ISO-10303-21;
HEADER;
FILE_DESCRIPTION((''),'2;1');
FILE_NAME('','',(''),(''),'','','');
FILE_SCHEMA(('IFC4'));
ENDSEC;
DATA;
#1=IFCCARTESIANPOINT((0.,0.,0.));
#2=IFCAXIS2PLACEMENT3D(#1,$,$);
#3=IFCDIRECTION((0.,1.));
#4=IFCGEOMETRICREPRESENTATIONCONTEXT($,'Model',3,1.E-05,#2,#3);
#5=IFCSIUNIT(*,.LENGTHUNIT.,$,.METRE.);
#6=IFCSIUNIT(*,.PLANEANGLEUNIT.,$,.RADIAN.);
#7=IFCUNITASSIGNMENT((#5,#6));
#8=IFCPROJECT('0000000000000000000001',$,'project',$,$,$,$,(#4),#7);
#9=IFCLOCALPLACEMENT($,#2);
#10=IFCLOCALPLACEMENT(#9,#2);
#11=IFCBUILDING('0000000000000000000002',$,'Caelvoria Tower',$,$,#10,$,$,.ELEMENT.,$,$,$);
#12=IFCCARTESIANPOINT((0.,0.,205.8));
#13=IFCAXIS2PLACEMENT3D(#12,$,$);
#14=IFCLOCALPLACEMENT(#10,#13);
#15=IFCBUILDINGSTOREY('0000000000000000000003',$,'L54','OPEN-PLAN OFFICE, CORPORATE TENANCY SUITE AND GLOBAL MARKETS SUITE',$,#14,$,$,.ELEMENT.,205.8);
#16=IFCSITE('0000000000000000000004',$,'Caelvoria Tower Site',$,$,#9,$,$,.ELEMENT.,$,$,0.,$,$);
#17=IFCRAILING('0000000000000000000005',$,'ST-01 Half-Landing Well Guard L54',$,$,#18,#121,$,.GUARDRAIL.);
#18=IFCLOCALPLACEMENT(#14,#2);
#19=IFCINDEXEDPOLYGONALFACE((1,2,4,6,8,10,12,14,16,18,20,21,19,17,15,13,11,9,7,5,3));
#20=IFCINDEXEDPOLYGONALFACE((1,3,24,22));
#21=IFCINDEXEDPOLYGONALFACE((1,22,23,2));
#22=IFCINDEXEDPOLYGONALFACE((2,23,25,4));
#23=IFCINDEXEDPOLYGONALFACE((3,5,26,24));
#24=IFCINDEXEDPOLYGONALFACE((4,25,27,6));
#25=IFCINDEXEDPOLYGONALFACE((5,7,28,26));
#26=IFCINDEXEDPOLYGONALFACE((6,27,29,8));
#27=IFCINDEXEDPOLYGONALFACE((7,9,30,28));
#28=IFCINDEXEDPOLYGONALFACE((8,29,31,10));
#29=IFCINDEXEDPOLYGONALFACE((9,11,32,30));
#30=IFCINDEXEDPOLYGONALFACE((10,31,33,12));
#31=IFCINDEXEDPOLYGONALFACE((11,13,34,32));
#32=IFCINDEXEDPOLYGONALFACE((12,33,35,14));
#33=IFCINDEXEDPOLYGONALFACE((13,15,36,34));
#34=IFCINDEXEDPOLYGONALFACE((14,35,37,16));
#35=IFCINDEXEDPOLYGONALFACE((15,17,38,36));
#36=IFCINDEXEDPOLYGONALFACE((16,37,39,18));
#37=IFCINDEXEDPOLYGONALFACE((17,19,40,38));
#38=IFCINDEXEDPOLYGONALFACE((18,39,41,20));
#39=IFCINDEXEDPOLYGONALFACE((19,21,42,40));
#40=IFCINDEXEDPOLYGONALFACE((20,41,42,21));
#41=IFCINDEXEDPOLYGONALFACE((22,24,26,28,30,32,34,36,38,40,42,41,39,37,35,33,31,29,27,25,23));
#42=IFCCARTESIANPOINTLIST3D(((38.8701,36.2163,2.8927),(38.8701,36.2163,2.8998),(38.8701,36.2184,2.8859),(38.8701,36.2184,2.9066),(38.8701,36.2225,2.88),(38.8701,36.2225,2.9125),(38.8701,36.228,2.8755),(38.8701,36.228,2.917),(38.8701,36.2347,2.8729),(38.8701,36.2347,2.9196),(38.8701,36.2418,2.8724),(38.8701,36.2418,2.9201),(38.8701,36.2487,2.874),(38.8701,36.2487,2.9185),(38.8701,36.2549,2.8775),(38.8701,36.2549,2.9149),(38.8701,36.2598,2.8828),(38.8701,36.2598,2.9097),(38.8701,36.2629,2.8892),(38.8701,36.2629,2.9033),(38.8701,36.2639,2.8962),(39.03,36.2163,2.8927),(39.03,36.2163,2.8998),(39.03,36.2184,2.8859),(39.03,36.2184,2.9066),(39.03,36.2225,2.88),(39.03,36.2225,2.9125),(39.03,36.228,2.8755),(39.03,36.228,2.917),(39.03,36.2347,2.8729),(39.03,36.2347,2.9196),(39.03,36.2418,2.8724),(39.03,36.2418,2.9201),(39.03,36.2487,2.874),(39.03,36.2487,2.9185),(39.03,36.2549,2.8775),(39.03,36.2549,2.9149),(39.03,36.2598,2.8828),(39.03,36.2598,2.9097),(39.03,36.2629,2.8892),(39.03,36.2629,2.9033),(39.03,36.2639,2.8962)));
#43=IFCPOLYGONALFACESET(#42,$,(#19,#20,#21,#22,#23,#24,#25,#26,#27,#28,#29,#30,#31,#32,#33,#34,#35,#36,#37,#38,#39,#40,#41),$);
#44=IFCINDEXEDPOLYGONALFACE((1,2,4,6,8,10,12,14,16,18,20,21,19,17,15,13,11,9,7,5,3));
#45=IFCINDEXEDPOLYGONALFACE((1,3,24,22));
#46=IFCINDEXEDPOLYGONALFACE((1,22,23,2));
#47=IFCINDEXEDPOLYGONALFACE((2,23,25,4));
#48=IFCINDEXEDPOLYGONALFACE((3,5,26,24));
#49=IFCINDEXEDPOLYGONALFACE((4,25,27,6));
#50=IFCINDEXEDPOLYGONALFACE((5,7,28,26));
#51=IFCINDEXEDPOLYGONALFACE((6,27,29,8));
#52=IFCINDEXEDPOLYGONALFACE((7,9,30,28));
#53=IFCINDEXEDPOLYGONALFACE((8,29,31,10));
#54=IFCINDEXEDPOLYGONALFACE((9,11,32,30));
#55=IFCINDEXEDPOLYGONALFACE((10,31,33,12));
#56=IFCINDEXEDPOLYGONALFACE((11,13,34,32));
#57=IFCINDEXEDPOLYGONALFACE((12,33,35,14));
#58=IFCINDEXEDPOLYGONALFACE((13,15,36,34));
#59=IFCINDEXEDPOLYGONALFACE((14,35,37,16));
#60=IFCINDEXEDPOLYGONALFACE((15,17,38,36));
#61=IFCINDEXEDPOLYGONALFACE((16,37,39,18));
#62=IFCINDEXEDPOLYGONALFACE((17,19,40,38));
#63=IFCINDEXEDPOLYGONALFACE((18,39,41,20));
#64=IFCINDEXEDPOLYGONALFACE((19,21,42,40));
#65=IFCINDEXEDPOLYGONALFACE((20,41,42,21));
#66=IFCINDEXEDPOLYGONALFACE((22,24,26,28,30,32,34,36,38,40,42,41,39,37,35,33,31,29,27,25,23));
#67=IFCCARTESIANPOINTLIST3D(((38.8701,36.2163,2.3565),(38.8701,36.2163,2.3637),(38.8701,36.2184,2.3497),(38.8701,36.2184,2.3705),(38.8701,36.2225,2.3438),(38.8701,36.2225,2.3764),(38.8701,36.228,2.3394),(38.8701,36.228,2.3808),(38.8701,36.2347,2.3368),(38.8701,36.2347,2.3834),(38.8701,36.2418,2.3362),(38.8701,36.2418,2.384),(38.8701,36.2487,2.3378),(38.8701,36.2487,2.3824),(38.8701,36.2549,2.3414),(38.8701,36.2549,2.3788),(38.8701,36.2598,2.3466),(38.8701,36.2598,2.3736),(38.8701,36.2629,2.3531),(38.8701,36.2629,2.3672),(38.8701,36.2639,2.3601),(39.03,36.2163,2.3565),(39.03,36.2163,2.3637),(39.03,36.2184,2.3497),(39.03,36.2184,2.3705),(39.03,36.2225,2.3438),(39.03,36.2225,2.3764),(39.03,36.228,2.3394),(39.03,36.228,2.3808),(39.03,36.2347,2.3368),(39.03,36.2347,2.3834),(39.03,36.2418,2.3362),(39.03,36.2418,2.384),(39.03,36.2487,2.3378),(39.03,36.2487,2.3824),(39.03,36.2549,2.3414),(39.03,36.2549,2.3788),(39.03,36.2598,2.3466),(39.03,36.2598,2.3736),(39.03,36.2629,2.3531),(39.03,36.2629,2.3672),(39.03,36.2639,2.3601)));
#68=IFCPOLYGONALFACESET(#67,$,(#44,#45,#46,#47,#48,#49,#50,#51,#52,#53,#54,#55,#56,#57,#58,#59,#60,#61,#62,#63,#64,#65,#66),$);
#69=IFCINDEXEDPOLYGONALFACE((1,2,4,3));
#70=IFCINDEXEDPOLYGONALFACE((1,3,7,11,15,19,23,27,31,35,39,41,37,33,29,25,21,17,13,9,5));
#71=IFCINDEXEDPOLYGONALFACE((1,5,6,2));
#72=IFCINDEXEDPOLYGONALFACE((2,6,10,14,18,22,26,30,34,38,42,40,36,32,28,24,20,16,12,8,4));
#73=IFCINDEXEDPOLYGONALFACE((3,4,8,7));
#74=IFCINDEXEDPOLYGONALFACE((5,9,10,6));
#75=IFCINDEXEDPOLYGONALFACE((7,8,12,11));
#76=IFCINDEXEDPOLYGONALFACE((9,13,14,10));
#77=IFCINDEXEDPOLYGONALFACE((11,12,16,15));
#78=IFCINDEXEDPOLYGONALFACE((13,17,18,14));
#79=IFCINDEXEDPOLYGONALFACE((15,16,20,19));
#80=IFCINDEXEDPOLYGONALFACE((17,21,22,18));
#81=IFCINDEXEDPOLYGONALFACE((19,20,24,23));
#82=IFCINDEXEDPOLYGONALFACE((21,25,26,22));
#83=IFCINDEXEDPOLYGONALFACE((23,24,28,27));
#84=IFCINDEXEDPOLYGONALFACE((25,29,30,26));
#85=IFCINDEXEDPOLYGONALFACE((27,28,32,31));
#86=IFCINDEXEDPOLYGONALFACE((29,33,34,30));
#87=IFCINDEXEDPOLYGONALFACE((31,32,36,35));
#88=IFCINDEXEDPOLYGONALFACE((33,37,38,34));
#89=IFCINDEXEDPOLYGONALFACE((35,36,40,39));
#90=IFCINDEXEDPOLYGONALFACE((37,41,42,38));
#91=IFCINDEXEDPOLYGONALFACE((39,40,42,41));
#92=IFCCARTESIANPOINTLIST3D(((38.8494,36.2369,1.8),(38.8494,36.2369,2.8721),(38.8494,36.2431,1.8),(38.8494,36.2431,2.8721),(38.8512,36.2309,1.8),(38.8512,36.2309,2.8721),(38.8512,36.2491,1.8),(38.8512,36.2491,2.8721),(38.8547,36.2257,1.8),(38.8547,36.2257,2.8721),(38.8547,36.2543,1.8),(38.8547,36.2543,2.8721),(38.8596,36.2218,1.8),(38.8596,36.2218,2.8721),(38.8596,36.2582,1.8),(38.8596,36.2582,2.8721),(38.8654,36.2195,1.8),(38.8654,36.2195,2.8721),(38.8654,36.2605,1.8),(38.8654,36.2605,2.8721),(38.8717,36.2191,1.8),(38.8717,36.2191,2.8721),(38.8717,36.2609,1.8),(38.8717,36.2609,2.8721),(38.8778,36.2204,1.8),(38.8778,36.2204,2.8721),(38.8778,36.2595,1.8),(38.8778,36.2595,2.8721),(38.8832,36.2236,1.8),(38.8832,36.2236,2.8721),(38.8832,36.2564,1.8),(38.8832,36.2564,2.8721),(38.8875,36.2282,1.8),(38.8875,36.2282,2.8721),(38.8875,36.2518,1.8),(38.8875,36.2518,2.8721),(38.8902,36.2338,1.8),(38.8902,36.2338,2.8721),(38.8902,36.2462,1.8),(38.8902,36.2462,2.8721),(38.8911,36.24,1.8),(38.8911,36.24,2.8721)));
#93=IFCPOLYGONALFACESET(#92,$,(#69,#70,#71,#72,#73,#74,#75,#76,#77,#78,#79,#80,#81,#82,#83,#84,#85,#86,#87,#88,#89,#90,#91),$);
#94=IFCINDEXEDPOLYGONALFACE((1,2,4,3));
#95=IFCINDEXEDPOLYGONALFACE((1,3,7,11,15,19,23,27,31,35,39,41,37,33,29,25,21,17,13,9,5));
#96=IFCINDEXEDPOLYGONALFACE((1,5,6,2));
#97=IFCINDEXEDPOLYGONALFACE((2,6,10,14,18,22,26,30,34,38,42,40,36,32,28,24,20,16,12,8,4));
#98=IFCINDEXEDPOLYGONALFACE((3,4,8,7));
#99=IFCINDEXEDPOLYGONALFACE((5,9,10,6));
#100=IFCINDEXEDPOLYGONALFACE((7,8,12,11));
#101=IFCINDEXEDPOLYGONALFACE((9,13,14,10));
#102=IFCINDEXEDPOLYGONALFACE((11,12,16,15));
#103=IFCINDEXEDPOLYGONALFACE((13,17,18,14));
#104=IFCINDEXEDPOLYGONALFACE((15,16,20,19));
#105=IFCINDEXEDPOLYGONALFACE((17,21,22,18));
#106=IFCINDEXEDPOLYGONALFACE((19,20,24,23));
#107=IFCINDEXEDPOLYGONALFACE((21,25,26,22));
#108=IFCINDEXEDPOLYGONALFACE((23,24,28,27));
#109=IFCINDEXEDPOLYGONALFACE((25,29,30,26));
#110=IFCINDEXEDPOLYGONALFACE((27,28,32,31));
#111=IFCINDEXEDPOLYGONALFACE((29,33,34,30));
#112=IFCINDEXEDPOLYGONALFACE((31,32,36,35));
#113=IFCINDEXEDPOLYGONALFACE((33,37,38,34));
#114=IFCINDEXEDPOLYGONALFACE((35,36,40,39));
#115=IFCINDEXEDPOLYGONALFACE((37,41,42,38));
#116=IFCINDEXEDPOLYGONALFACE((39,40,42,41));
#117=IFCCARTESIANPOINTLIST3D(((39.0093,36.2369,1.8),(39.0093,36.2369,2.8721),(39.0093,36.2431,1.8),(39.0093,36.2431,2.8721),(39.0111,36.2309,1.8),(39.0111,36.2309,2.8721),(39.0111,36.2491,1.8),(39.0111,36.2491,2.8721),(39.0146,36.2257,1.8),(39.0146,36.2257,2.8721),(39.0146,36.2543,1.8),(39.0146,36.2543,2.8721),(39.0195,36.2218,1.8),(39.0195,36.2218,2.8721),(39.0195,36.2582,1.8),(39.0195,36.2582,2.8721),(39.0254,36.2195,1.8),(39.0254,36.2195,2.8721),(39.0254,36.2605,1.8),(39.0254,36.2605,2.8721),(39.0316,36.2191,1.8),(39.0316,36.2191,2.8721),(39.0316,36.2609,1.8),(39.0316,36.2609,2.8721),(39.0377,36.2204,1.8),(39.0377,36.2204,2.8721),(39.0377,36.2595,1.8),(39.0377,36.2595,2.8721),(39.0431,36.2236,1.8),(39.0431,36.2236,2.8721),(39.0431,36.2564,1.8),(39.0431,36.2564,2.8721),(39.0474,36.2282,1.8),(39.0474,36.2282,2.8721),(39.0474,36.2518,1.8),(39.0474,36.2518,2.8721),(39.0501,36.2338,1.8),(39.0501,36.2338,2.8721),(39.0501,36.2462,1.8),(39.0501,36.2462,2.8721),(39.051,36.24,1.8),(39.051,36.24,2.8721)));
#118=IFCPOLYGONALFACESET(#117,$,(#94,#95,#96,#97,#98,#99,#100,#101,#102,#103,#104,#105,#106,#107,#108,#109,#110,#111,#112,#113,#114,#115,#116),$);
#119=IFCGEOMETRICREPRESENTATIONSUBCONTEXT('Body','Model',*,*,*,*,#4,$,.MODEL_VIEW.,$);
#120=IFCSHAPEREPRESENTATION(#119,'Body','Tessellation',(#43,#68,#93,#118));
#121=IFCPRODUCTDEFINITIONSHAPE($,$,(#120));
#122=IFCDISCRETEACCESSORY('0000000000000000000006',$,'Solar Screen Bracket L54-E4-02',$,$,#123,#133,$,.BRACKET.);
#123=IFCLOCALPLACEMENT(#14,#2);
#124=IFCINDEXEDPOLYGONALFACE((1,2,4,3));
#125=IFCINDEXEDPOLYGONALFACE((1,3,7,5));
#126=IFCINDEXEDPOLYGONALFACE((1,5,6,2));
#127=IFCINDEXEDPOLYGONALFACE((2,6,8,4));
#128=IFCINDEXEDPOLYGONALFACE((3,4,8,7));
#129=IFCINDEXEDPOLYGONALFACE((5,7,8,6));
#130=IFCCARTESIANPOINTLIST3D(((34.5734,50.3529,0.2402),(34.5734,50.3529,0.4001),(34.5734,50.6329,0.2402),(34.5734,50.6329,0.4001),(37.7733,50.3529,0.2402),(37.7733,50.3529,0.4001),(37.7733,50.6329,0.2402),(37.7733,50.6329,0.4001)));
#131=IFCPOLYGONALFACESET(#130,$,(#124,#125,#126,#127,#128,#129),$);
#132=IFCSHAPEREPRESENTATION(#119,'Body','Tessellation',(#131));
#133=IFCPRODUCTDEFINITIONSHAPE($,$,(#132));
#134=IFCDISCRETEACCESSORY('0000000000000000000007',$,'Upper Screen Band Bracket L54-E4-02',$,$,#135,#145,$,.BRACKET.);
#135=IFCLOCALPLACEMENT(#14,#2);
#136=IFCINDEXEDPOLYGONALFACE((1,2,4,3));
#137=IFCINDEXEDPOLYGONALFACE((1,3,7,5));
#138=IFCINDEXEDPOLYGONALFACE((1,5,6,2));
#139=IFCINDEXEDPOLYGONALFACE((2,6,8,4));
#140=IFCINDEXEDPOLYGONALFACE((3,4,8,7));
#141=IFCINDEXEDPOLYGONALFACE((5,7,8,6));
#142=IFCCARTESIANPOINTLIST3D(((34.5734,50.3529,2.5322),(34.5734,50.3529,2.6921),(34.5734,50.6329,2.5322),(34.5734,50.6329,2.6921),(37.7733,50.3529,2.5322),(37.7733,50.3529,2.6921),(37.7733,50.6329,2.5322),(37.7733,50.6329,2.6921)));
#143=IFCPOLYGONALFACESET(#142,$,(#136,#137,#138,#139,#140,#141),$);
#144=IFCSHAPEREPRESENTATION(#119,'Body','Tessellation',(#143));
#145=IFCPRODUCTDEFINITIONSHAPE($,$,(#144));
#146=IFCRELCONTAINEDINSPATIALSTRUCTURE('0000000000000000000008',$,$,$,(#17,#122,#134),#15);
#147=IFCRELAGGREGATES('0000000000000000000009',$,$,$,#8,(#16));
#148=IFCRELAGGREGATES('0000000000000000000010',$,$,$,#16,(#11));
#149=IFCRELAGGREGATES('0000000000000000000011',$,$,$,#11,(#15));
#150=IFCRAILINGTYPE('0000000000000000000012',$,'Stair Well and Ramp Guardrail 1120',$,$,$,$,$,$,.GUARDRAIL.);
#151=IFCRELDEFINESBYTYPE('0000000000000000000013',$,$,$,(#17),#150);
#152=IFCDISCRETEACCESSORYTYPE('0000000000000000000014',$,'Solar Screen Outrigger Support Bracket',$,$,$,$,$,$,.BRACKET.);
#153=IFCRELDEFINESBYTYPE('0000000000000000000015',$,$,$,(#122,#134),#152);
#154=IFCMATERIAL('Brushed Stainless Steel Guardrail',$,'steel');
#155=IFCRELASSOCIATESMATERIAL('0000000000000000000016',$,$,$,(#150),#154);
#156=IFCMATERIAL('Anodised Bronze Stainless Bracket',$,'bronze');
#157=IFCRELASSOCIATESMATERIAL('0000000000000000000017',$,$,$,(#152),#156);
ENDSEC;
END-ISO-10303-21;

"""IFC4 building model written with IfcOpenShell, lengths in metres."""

from ifc_helpers import new_model, si_unit, direction, frame, origin, origin_2d, place, context, subcontext, project, spatial, rectangle, circle, extrude, material, type_object, element, save


model = new_model("IFC4")

# Units and contexts
model_context = context("Model", 3, precision=1e-05, world=origin(), true_north=direction((0.0, 1.0)))
body_context = subcontext(model_context, "Body", "Model", "MODEL_VIEW")
ifc_project = project(units=[si_unit("LENGTHUNIT", "METRE"), si_unit("PLANEANGLEUNIT", "RADIAN")], contexts=[model_context])

# Site, building, storey
site_placement = place(None, origin())
site = spatial("IfcSite", under=ifc_project, at=site_placement, Name="Caelvoria Tower Site", CompositionType="ELEMENT", RefElevation=0.0)
building_placement = place(site_placement, origin())
building = spatial("IfcBuilding", under=site, at=building_placement, Name="Caelvoria Tower", CompositionType="ELEMENT")
storey_placement = place(building_placement, frame((0.0, 0.0, 205.8)))
storey = spatial("IfcBuildingStorey", under=building, at=storey_placement, Name="L54", Description="OPEN-PLAN OFFICE, CORPORATE TENANCY SUITE AND GLOBAL MARKETS SUITE", CompositionType="ELEMENT", Elevation=205.8)

# Railing
ifc_material_1 = material(Name="Brushed Stainless Steel Guardrail", Category="steel")
railing_type_1 = type_object("IfcRailingType", Name="Stair Well and Ramp Guardrail 1120", PredefinedType="GUARDRAIL", material=ifc_material_1)
railing_1_placement = place(storey_placement, frame((38.8701, 36.24, 1.8)))
element("IfcRailing", 1, at=railing_1_placement, inside=storey, type_object=railing_type_1, Name="ST-01 Half-Landing Well Guard L54", PredefinedType="GUARDRAIL", context=body_context, shape_type="SweptSolid", body=[
    extrude(circle(Radius=0.0239, at=origin_2d()), frame((0.0, 0.0, 1.0962), z_axis=(1.0, 0.0, 0.0), x_axis=(0.0, 1.0, 0.0)), (0.0, 0.0, 1.0), 0.1599),
    extrude(circle(Radius=0.0239, at=origin_2d()), frame((0.0, 0.0, 0.5601), z_axis=(1.0, 0.0, 0.0), x_axis=(0.0, 1.0, 0.0)), (0.0, 0.0, 1.0), 0.1599),
    extrude(circle(Radius=0.021, at=origin_2d()), origin(), (0.0, 0.0, 1.0), 1.072),
    extrude(circle(Radius=0.021, at=origin_2d()), frame((0.1599, 0.0, 0.0)), (0.0, 0.0, 1.0), 1.072),
])

# Discrete accessories
ifc_material_2 = material(Name="Anodised Bronze Stainless Bracket", Category="bronze")
discrete_accessory_type = type_object("IfcDiscreteAccessoryType", Name="Solar Screen Outrigger Support Bracket", PredefinedType="BRACKET", material=ifc_material_2)
for number, where, z_axis, x_axis, name in (
    (2, (36.1733, 50.4929, 0.2402), (0.0, 0.0, 1.0), (-1.0, 0.0, 0.0), "Solar Screen Bracket L54-E4-02"),
    (3, (36.1733, 50.4929, 2.5322), (0.0, 0.0, 1.0), (-1.0, 0.0, 0.0), "Upper Screen Band Bracket L54-E4-02"),
):
    element("IfcDiscreteAccessory", number, at=place(storey_placement, frame(where, z_axis=z_axis, x_axis=x_axis)), inside=storey, type_object=discrete_accessory_type, Name=name, PredefinedType="BRACKET", context=body_context, shape_type="SweptSolid", body=[
        extrude(rectangle(XDim=3.2, YDim=0.28, at=origin_2d()), origin(), (0.0, 0.0, 1.0), 0.1599),
    ])

save(model, "model.ifc")
